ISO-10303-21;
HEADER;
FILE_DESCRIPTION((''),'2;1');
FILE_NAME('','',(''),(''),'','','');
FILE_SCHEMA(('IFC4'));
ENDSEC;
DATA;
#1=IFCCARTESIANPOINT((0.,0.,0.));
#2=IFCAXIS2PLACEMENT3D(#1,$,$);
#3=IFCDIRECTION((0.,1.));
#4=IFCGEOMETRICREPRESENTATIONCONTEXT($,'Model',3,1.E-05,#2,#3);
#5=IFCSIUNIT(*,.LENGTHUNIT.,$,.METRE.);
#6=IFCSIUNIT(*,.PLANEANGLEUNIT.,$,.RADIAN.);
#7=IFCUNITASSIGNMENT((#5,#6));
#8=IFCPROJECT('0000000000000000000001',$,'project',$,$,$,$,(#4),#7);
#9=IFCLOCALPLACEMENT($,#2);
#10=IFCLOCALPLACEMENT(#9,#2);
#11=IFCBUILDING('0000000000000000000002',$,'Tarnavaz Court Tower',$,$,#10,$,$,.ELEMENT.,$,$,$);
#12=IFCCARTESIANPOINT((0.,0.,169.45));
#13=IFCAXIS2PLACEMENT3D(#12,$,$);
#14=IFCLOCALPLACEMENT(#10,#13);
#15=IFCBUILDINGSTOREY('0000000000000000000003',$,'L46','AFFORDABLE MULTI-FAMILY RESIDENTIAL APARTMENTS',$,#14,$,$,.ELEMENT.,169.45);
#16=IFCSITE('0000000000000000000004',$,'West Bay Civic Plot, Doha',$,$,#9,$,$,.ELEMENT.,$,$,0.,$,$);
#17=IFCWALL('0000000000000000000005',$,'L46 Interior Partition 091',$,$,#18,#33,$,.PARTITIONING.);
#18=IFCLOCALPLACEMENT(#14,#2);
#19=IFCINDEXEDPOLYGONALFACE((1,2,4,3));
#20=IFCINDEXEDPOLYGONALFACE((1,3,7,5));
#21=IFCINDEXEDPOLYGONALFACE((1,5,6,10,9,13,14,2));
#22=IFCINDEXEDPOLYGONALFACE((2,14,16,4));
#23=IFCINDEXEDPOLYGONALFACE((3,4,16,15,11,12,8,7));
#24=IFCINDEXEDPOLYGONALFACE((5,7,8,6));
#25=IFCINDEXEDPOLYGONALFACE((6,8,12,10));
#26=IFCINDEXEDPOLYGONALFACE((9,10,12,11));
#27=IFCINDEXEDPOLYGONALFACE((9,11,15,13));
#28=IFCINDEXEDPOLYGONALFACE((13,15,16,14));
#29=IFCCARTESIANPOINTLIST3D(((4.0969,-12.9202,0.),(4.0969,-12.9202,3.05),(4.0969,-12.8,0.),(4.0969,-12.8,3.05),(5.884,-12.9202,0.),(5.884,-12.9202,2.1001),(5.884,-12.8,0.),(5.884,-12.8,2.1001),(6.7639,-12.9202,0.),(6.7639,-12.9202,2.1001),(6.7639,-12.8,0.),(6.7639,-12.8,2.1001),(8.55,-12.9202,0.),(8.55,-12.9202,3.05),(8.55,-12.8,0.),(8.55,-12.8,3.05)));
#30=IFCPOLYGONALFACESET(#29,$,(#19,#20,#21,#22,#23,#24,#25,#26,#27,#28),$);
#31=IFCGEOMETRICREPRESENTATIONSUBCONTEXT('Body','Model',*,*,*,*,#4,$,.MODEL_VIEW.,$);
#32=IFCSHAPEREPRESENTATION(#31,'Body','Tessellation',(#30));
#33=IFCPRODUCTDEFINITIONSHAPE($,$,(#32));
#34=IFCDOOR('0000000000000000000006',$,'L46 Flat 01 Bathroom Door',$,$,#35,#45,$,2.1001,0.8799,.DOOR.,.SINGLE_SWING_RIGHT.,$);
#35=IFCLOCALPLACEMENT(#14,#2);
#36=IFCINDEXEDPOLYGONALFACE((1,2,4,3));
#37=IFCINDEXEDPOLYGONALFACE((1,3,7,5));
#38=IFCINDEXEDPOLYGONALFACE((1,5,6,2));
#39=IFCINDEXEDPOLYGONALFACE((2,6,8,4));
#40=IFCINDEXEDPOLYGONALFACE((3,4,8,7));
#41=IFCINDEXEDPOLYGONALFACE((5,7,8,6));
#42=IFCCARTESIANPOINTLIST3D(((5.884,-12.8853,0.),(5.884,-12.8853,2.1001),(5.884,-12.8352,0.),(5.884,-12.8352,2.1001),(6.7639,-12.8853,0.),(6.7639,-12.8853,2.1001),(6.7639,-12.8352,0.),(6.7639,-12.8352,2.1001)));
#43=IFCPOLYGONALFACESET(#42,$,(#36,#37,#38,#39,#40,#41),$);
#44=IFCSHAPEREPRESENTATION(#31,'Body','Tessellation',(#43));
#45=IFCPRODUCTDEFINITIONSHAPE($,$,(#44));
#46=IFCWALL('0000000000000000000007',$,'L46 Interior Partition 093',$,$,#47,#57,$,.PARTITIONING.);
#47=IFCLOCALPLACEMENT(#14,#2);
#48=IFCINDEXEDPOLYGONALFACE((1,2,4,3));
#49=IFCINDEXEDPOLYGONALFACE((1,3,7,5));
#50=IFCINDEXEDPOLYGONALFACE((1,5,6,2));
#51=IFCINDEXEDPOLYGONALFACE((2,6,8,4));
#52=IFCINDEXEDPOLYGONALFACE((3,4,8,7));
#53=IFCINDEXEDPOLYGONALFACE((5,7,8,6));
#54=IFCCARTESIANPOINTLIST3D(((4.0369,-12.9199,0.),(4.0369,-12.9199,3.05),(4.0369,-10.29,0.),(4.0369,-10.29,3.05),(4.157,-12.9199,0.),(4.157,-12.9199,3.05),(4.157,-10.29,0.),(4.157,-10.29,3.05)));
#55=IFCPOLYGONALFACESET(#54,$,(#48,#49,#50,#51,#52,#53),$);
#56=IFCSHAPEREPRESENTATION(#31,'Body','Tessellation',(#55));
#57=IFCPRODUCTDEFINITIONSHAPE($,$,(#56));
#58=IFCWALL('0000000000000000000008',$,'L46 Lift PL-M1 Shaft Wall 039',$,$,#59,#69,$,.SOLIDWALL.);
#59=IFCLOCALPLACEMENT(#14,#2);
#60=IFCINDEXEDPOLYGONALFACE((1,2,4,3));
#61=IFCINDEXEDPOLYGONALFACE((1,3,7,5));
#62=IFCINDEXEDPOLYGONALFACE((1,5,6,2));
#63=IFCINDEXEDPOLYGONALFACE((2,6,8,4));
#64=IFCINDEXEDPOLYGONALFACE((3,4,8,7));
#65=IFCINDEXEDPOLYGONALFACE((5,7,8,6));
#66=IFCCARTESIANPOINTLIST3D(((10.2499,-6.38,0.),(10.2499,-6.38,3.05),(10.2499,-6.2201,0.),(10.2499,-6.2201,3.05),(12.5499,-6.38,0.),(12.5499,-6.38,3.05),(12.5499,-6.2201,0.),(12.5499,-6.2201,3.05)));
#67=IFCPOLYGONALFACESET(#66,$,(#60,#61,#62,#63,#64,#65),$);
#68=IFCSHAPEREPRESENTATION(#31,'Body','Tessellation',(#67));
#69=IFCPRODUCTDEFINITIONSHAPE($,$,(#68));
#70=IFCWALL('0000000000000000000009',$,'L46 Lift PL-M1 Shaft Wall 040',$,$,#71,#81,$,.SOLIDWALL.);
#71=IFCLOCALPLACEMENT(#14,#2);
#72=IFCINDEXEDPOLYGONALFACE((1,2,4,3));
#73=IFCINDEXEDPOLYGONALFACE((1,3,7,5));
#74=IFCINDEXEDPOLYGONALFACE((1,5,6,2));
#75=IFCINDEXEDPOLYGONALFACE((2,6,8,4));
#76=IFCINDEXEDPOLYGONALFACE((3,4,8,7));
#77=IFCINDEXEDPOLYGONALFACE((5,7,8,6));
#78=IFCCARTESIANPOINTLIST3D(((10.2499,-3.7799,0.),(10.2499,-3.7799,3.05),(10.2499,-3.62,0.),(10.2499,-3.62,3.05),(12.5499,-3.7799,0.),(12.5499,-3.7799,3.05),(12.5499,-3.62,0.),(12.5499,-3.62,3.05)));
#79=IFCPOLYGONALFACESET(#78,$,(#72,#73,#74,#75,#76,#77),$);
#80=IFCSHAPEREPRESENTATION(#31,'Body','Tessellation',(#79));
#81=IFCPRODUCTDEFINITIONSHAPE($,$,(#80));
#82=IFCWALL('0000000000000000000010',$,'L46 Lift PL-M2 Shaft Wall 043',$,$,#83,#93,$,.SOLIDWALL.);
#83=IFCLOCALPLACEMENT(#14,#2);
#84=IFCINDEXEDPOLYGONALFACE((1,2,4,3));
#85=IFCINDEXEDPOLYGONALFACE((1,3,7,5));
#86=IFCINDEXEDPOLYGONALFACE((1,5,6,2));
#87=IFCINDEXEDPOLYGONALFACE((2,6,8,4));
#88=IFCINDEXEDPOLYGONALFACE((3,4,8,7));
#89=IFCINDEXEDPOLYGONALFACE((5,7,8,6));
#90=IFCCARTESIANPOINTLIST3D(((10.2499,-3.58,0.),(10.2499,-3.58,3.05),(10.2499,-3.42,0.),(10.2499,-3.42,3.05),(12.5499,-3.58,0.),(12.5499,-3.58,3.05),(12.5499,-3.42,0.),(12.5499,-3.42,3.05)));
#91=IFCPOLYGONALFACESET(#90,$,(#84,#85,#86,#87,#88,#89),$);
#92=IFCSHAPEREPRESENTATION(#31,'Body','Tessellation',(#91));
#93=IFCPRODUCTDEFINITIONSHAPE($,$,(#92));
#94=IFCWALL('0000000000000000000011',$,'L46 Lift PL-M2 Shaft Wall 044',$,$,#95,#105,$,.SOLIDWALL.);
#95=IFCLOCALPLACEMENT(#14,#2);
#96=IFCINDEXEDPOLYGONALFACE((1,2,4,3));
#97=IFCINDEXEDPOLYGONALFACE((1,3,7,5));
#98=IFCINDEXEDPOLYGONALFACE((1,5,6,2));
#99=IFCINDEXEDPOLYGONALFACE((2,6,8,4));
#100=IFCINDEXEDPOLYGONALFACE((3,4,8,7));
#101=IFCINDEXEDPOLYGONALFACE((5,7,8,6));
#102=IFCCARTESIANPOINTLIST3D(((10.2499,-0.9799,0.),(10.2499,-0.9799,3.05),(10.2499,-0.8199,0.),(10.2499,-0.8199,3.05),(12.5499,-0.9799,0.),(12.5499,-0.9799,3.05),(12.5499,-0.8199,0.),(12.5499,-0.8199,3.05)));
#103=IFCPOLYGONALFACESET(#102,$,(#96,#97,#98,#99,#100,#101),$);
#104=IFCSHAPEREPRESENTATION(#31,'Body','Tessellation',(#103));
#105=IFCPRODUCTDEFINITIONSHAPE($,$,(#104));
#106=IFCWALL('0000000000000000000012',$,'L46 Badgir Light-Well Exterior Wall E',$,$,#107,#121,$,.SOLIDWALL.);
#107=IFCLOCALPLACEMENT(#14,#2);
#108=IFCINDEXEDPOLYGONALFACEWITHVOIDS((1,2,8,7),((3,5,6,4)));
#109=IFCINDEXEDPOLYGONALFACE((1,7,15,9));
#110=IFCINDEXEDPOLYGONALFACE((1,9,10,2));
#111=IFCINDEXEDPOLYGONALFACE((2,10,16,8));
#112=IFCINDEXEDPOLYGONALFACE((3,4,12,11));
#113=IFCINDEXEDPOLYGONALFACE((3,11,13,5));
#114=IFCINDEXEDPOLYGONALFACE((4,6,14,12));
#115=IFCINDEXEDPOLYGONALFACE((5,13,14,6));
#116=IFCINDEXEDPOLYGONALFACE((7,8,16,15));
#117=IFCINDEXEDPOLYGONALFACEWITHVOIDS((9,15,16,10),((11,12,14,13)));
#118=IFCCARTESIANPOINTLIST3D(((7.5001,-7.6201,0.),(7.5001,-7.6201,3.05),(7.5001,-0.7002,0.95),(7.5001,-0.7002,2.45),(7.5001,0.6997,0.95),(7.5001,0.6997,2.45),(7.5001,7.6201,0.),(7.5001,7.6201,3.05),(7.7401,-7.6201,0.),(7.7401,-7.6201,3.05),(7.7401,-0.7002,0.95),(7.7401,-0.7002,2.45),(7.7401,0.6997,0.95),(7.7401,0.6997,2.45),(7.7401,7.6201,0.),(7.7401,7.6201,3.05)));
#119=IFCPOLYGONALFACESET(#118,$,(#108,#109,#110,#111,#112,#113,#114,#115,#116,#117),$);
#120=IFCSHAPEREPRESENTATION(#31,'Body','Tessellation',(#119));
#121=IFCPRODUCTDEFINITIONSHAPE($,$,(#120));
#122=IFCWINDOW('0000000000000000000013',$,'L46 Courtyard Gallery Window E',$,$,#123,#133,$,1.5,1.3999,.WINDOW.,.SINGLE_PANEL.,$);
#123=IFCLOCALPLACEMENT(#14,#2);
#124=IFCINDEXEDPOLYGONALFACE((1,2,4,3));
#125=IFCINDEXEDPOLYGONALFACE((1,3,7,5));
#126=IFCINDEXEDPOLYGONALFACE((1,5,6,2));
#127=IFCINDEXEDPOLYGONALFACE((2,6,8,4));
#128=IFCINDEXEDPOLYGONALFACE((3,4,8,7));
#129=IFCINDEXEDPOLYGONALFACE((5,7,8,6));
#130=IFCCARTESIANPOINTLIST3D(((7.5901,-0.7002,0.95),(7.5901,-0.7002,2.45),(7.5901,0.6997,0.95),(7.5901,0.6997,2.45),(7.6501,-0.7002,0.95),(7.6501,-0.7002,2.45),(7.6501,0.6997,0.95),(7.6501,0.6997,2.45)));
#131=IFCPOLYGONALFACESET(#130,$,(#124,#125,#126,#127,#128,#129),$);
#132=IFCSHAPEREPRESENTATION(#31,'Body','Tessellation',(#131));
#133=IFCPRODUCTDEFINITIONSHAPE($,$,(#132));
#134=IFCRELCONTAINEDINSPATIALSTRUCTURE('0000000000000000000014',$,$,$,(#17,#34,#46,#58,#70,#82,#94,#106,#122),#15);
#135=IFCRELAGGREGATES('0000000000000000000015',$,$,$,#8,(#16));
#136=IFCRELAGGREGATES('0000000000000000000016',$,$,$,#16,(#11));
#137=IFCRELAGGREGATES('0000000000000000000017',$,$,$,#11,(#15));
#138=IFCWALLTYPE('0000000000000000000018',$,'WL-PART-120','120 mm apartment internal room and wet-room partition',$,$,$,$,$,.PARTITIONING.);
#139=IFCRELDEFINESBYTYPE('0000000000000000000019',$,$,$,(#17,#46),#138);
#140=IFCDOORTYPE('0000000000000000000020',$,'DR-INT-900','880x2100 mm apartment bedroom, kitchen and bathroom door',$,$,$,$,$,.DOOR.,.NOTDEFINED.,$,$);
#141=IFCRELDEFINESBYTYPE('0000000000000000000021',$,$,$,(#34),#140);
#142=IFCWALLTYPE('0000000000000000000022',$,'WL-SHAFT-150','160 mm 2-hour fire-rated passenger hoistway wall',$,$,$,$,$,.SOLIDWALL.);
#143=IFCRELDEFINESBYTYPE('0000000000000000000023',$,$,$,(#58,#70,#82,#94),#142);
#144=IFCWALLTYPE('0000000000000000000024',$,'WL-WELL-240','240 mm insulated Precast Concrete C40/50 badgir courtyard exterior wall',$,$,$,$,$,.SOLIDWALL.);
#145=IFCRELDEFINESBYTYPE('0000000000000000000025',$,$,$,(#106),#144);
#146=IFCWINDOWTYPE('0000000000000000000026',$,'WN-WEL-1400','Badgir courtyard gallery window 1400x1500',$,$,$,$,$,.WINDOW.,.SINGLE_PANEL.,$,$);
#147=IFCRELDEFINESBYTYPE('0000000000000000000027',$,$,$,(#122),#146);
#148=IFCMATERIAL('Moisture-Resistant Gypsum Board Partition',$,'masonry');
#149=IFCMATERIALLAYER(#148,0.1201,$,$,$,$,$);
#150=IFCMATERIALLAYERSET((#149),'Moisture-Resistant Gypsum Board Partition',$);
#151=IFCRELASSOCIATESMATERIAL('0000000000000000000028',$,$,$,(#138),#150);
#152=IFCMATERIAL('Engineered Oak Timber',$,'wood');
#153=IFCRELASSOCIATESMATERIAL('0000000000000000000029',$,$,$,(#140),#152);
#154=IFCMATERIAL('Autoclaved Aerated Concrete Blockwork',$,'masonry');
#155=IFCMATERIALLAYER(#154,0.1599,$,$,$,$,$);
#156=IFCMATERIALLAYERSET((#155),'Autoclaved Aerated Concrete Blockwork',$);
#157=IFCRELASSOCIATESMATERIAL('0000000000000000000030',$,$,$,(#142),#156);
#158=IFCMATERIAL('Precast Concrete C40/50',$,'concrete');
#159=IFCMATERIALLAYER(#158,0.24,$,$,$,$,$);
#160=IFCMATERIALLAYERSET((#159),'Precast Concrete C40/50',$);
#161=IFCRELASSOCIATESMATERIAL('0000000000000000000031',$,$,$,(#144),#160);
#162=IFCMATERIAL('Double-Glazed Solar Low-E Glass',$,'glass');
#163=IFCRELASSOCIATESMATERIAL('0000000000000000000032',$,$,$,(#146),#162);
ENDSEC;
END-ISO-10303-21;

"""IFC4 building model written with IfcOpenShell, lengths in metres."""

from ifc_helpers import new_model, si_unit, direction, frame, frame_2d, origin, place, context, subcontext, project, spatial, rectangle, extrude, material, layer, layer_set, type_object, element, fill, save


model = new_model("IFC4")

# Units and contexts
model_context = context("Model", 3, precision=1e-05, world=origin(), true_north=direction((0.0, 1.0)))
body_context = subcontext(model_context, "Body", "Model", "MODEL_VIEW")
ifc_project = project(units=[si_unit("LENGTHUNIT", "METRE"), si_unit("PLANEANGLEUNIT", "RADIAN")], contexts=[model_context])

# Site, building, storey
site_placement = place(None, origin())
site = spatial("IfcSite", under=ifc_project, at=site_placement, Name="West Bay Civic Plot, Doha", CompositionType="ELEMENT", RefElevation=0.0)
building_placement = place(site_placement, origin())
building = spatial("IfcBuilding", under=site, at=building_placement, Name="Tarnavaz Court Tower", CompositionType="ELEMENT")
storey_placement = place(building_placement, frame((0.0, 0.0, 169.45)))
storey = spatial("IfcBuildingStorey", under=building, at=storey_placement, Name="L46", Description="AFFORDABLE MULTI-FAMILY RESIDENTIAL APARTMENTS", CompositionType="ELEMENT", Elevation=169.45)

# Shared definitions
ifc_material_1 = material(Name="Engineered Oak Timber", Category="wood")

# Wall, opening, door
ifc_material_2 = material(Name="Moisture-Resistant Gypsum Board Partition", Category="masonry")
ifc_layer_1 = layer(ifc_material_2, 0.1201)
ifc_layer_set_1 = layer_set([ifc_layer_1], Name="Moisture-Resistant Gypsum Board Partition")
wall_type_1 = type_object("IfcWallType", Name="WL-PART-120", Description="120 mm apartment internal room and wet-room partition", PredefinedType="PARTITIONING", material=ifc_layer_set_1)
door_type_1 = type_object("IfcDoorType", Name="DR-INT-900", Description="880x2100 mm apartment bedroom, kitchen and bathroom door", OperationType="NOTDEFINED", PredefinedType="DOOR", material=ifc_material_1)
wall_1_placement = place(storey_placement, frame((4.0969, -12.8601, 0.0), z_axis=(0.0, 0.0, 1.0), x_axis=(1.0, 0.0, 0.0)))
wall_1 = element("IfcWall", 1, at=wall_1_placement, inside=storey, type_object=wall_type_1, Name="L46 Interior Partition 091", PredefinedType="PARTITIONING", context=body_context, shape_type="SweptSolid", body=[
    extrude(rectangle(XDim=4.4531, YDim=0.1201, at=frame_2d((2.2266, 0.0))), origin(), (0.0, 0.0, 1.0), 3.05),
])
opening_1_placement = place(wall_1_placement, frame((1.7871, 0.0, 0.0)))
opening_1 = element("IfcOpeningElement", 2, at=opening_1_placement, cuts=wall_1, PredefinedType="OPENING", context=body_context, shape_type="SweptSolid", body=[
    extrude(rectangle(XDim=0.8799, YDim=2.1001, at=frame_2d((0.4399, 1.05))), frame((0.0, 0.0701, 0.0), z_axis=(0.0, -1.0, 0.0), x_axis=(1.0, 0.0, 0.0)), (0.0, 0.0, 1.0), 0.1401),
])
door_1_placement = place(opening_1_placement, origin())
door_1 = element("IfcDoor", 3, at=door_1_placement, inside=storey, type_object=door_type_1, Name="L46 Flat 01 Bathroom Door", OperationType="SINGLE_SWING_RIGHT", OverallHeight=2.1001, OverallWidth=0.8799, PredefinedType="DOOR", context=body_context, shape_type="SweptSolid", body=[
    extrude(rectangle(XDim=0.8799, YDim=2.1001, at=frame_2d((0.4399, 1.05))), frame((0.0, 0.0249, 0.0), z_axis=(0.0, -1.0, 0.0), x_axis=(1.0, 0.0, 0.0)), (0.0, 0.0, 1.0), 0.05),
])
fill(opening_1, door_1)

# Wall
wall_2_placement = place(storey_placement, frame((4.0969, -12.9199, 0.0), z_axis=(0.0, 0.0, 1.0), x_axis=(0.0, 1.0, 0.0)))
element("IfcWall", 4, at=wall_2_placement, inside=storey, type_object=wall_type_1, Name="L46 Interior Partition 093", PredefinedType="PARTITIONING", context=body_context, shape_type="SweptSolid", body=[
    extrude(rectangle(XDim=2.6299, YDim=0.1201, at=frame_2d((1.3149, 0.0))), origin(), (0.0, 0.0, 1.0), 3.05),
])

# Shared definitions
ifc_material_3 = material(Name="Autoclaved Aerated Concrete Blockwork", Category="masonry")
ifc_layer_2 = layer(ifc_material_3, 0.1599)
ifc_layer_set_2 = layer_set([ifc_layer_2], Name="Autoclaved Aerated Concrete Blockwork")
wall_type_2 = type_object("IfcWallType", Name="WL-SHAFT-150", Description="160 mm 2-hour fire-rated passenger hoistway wall", PredefinedType="SOLIDWALL", material=ifc_layer_set_2)

# Walls
for number, where, z_axis, x_axis, name in (
    (5, (10.25, -6.3, 0.0), (0.0, 0.0, 1.0), (1.0, 0.0, 0.0), "L46 Lift PL-M1 Shaft Wall 039"),
    (6, (10.25, -3.7, 0.0), (0.0, 0.0, 1.0), (1.0, 0.0, 0.0), "L46 Lift PL-M1 Shaft Wall 040"),
):
    element("IfcWall", number, at=place(storey_placement, frame(where, z_axis=z_axis, x_axis=x_axis)), inside=storey, type_object=wall_type_2, Name=name, PredefinedType="SOLIDWALL", context=body_context, shape_type="SweptSolid", body=[
        extrude(rectangle(XDim=2.3, YDim=0.1599, at=frame_2d((1.1499, 0.0))), origin(), (0.0, 0.0, 1.0), 3.05),
    ])

# Walls
for number, where, z_axis, x_axis, name in (
    (7, (10.25, -3.5, 0.0), (0.0, 0.0, 1.0), (1.0, 0.0, 0.0), "L46 Lift PL-M2 Shaft Wall 043"),
    (8, (10.25, -0.8999, 0.0), (0.0, 0.0, 1.0), (1.0, 0.0, 0.0), "L46 Lift PL-M2 Shaft Wall 044"),
):
    element("IfcWall", number, at=place(storey_placement, frame(where, z_axis=z_axis, x_axis=x_axis)), inside=storey, type_object=wall_type_2, Name=name, PredefinedType="SOLIDWALL", context=body_context, shape_type="SweptSolid", body=[
        extrude(rectangle(XDim=2.3, YDim=0.1599, at=frame_2d((1.1499, 0.0))), origin(), (0.0, 0.0, 1.0), 3.05),
    ])

# Wall, opening, window
ifc_material_4 = material(Name="Precast Concrete C40/50", Category="concrete")
ifc_layer_3 = layer(ifc_material_4, 0.24)
ifc_layer_set_3 = layer_set([ifc_layer_3], Name="Precast Concrete C40/50")
wall_type_3 = type_object("IfcWallType", Name="WL-WELL-240", Description="240 mm insulated Precast Concrete C40/50 badgir courtyard exterior wall", PredefinedType="SOLIDWALL", material=ifc_layer_set_3)
wall_3_placement = place(storey_placement, frame((7.6201, -7.6201, 0.0), z_axis=(0.0, 0.0, 1.0), x_axis=(0.0, 1.0, 0.0)))
wall_3 = element("IfcWall", 9, at=wall_3_placement, inside=storey, type_object=wall_type_3, Name="L46 Badgir Light-Well Exterior Wall E", PredefinedType="SOLIDWALL", context=body_context, shape_type="SweptSolid", body=[
    extrude(rectangle(XDim=15.2402, YDim=0.24, at=frame_2d((7.6201, 0.0))), origin(), (0.0, 0.0, 1.0), 3.05),
])
opening_2_placement = place(wall_3_placement, frame((6.9199, 0.0, 0.95)))
opening_2 = element("IfcOpeningElement", 10, at=opening_2_placement, cuts=wall_3, PredefinedType="OPENING", context=body_context, shape_type="SweptSolid", body=[
    extrude(rectangle(XDim=1.3999, YDim=1.5, at=frame_2d((0.7, 0.75))), frame((0.0, 0.1299, 0.0), z_axis=(0.0, -1.0, 0.0), x_axis=(1.0, 0.0, 0.0)), (0.0, 0.0, 1.0), 0.26),
])
ifc_material_5 = material(Name="Double-Glazed Solar Low-E Glass", Category="glass")
window_type = type_object("IfcWindowType", Name="WN-WEL-1400", Description="Badgir courtyard gallery window 1400x1500", PartitioningType="SINGLE_PANEL", PredefinedType="WINDOW", material=ifc_material_5)
window_placement = place(opening_2_placement, origin())
window = element("IfcWindow", 11, at=window_placement, inside=storey, type_object=window_type, Name="L46 Courtyard Gallery Window E", OverallHeight=1.5, OverallWidth=1.3999, PartitioningType="SINGLE_PANEL", PredefinedType="WINDOW", context=body_context, shape_type="SweptSolid", body=[
    extrude(rectangle(XDim=1.3999, YDim=1.5, at=frame_2d((0.7, 0.75))), frame((0.0, 0.03, 0.0), z_axis=(0.0, -1.0, 0.0), x_axis=(1.0, 0.0, 0.0)), (0.0, 0.0, 1.0), 0.0601),
])
fill(opening_2, window)

save(model, "model.ifc")
